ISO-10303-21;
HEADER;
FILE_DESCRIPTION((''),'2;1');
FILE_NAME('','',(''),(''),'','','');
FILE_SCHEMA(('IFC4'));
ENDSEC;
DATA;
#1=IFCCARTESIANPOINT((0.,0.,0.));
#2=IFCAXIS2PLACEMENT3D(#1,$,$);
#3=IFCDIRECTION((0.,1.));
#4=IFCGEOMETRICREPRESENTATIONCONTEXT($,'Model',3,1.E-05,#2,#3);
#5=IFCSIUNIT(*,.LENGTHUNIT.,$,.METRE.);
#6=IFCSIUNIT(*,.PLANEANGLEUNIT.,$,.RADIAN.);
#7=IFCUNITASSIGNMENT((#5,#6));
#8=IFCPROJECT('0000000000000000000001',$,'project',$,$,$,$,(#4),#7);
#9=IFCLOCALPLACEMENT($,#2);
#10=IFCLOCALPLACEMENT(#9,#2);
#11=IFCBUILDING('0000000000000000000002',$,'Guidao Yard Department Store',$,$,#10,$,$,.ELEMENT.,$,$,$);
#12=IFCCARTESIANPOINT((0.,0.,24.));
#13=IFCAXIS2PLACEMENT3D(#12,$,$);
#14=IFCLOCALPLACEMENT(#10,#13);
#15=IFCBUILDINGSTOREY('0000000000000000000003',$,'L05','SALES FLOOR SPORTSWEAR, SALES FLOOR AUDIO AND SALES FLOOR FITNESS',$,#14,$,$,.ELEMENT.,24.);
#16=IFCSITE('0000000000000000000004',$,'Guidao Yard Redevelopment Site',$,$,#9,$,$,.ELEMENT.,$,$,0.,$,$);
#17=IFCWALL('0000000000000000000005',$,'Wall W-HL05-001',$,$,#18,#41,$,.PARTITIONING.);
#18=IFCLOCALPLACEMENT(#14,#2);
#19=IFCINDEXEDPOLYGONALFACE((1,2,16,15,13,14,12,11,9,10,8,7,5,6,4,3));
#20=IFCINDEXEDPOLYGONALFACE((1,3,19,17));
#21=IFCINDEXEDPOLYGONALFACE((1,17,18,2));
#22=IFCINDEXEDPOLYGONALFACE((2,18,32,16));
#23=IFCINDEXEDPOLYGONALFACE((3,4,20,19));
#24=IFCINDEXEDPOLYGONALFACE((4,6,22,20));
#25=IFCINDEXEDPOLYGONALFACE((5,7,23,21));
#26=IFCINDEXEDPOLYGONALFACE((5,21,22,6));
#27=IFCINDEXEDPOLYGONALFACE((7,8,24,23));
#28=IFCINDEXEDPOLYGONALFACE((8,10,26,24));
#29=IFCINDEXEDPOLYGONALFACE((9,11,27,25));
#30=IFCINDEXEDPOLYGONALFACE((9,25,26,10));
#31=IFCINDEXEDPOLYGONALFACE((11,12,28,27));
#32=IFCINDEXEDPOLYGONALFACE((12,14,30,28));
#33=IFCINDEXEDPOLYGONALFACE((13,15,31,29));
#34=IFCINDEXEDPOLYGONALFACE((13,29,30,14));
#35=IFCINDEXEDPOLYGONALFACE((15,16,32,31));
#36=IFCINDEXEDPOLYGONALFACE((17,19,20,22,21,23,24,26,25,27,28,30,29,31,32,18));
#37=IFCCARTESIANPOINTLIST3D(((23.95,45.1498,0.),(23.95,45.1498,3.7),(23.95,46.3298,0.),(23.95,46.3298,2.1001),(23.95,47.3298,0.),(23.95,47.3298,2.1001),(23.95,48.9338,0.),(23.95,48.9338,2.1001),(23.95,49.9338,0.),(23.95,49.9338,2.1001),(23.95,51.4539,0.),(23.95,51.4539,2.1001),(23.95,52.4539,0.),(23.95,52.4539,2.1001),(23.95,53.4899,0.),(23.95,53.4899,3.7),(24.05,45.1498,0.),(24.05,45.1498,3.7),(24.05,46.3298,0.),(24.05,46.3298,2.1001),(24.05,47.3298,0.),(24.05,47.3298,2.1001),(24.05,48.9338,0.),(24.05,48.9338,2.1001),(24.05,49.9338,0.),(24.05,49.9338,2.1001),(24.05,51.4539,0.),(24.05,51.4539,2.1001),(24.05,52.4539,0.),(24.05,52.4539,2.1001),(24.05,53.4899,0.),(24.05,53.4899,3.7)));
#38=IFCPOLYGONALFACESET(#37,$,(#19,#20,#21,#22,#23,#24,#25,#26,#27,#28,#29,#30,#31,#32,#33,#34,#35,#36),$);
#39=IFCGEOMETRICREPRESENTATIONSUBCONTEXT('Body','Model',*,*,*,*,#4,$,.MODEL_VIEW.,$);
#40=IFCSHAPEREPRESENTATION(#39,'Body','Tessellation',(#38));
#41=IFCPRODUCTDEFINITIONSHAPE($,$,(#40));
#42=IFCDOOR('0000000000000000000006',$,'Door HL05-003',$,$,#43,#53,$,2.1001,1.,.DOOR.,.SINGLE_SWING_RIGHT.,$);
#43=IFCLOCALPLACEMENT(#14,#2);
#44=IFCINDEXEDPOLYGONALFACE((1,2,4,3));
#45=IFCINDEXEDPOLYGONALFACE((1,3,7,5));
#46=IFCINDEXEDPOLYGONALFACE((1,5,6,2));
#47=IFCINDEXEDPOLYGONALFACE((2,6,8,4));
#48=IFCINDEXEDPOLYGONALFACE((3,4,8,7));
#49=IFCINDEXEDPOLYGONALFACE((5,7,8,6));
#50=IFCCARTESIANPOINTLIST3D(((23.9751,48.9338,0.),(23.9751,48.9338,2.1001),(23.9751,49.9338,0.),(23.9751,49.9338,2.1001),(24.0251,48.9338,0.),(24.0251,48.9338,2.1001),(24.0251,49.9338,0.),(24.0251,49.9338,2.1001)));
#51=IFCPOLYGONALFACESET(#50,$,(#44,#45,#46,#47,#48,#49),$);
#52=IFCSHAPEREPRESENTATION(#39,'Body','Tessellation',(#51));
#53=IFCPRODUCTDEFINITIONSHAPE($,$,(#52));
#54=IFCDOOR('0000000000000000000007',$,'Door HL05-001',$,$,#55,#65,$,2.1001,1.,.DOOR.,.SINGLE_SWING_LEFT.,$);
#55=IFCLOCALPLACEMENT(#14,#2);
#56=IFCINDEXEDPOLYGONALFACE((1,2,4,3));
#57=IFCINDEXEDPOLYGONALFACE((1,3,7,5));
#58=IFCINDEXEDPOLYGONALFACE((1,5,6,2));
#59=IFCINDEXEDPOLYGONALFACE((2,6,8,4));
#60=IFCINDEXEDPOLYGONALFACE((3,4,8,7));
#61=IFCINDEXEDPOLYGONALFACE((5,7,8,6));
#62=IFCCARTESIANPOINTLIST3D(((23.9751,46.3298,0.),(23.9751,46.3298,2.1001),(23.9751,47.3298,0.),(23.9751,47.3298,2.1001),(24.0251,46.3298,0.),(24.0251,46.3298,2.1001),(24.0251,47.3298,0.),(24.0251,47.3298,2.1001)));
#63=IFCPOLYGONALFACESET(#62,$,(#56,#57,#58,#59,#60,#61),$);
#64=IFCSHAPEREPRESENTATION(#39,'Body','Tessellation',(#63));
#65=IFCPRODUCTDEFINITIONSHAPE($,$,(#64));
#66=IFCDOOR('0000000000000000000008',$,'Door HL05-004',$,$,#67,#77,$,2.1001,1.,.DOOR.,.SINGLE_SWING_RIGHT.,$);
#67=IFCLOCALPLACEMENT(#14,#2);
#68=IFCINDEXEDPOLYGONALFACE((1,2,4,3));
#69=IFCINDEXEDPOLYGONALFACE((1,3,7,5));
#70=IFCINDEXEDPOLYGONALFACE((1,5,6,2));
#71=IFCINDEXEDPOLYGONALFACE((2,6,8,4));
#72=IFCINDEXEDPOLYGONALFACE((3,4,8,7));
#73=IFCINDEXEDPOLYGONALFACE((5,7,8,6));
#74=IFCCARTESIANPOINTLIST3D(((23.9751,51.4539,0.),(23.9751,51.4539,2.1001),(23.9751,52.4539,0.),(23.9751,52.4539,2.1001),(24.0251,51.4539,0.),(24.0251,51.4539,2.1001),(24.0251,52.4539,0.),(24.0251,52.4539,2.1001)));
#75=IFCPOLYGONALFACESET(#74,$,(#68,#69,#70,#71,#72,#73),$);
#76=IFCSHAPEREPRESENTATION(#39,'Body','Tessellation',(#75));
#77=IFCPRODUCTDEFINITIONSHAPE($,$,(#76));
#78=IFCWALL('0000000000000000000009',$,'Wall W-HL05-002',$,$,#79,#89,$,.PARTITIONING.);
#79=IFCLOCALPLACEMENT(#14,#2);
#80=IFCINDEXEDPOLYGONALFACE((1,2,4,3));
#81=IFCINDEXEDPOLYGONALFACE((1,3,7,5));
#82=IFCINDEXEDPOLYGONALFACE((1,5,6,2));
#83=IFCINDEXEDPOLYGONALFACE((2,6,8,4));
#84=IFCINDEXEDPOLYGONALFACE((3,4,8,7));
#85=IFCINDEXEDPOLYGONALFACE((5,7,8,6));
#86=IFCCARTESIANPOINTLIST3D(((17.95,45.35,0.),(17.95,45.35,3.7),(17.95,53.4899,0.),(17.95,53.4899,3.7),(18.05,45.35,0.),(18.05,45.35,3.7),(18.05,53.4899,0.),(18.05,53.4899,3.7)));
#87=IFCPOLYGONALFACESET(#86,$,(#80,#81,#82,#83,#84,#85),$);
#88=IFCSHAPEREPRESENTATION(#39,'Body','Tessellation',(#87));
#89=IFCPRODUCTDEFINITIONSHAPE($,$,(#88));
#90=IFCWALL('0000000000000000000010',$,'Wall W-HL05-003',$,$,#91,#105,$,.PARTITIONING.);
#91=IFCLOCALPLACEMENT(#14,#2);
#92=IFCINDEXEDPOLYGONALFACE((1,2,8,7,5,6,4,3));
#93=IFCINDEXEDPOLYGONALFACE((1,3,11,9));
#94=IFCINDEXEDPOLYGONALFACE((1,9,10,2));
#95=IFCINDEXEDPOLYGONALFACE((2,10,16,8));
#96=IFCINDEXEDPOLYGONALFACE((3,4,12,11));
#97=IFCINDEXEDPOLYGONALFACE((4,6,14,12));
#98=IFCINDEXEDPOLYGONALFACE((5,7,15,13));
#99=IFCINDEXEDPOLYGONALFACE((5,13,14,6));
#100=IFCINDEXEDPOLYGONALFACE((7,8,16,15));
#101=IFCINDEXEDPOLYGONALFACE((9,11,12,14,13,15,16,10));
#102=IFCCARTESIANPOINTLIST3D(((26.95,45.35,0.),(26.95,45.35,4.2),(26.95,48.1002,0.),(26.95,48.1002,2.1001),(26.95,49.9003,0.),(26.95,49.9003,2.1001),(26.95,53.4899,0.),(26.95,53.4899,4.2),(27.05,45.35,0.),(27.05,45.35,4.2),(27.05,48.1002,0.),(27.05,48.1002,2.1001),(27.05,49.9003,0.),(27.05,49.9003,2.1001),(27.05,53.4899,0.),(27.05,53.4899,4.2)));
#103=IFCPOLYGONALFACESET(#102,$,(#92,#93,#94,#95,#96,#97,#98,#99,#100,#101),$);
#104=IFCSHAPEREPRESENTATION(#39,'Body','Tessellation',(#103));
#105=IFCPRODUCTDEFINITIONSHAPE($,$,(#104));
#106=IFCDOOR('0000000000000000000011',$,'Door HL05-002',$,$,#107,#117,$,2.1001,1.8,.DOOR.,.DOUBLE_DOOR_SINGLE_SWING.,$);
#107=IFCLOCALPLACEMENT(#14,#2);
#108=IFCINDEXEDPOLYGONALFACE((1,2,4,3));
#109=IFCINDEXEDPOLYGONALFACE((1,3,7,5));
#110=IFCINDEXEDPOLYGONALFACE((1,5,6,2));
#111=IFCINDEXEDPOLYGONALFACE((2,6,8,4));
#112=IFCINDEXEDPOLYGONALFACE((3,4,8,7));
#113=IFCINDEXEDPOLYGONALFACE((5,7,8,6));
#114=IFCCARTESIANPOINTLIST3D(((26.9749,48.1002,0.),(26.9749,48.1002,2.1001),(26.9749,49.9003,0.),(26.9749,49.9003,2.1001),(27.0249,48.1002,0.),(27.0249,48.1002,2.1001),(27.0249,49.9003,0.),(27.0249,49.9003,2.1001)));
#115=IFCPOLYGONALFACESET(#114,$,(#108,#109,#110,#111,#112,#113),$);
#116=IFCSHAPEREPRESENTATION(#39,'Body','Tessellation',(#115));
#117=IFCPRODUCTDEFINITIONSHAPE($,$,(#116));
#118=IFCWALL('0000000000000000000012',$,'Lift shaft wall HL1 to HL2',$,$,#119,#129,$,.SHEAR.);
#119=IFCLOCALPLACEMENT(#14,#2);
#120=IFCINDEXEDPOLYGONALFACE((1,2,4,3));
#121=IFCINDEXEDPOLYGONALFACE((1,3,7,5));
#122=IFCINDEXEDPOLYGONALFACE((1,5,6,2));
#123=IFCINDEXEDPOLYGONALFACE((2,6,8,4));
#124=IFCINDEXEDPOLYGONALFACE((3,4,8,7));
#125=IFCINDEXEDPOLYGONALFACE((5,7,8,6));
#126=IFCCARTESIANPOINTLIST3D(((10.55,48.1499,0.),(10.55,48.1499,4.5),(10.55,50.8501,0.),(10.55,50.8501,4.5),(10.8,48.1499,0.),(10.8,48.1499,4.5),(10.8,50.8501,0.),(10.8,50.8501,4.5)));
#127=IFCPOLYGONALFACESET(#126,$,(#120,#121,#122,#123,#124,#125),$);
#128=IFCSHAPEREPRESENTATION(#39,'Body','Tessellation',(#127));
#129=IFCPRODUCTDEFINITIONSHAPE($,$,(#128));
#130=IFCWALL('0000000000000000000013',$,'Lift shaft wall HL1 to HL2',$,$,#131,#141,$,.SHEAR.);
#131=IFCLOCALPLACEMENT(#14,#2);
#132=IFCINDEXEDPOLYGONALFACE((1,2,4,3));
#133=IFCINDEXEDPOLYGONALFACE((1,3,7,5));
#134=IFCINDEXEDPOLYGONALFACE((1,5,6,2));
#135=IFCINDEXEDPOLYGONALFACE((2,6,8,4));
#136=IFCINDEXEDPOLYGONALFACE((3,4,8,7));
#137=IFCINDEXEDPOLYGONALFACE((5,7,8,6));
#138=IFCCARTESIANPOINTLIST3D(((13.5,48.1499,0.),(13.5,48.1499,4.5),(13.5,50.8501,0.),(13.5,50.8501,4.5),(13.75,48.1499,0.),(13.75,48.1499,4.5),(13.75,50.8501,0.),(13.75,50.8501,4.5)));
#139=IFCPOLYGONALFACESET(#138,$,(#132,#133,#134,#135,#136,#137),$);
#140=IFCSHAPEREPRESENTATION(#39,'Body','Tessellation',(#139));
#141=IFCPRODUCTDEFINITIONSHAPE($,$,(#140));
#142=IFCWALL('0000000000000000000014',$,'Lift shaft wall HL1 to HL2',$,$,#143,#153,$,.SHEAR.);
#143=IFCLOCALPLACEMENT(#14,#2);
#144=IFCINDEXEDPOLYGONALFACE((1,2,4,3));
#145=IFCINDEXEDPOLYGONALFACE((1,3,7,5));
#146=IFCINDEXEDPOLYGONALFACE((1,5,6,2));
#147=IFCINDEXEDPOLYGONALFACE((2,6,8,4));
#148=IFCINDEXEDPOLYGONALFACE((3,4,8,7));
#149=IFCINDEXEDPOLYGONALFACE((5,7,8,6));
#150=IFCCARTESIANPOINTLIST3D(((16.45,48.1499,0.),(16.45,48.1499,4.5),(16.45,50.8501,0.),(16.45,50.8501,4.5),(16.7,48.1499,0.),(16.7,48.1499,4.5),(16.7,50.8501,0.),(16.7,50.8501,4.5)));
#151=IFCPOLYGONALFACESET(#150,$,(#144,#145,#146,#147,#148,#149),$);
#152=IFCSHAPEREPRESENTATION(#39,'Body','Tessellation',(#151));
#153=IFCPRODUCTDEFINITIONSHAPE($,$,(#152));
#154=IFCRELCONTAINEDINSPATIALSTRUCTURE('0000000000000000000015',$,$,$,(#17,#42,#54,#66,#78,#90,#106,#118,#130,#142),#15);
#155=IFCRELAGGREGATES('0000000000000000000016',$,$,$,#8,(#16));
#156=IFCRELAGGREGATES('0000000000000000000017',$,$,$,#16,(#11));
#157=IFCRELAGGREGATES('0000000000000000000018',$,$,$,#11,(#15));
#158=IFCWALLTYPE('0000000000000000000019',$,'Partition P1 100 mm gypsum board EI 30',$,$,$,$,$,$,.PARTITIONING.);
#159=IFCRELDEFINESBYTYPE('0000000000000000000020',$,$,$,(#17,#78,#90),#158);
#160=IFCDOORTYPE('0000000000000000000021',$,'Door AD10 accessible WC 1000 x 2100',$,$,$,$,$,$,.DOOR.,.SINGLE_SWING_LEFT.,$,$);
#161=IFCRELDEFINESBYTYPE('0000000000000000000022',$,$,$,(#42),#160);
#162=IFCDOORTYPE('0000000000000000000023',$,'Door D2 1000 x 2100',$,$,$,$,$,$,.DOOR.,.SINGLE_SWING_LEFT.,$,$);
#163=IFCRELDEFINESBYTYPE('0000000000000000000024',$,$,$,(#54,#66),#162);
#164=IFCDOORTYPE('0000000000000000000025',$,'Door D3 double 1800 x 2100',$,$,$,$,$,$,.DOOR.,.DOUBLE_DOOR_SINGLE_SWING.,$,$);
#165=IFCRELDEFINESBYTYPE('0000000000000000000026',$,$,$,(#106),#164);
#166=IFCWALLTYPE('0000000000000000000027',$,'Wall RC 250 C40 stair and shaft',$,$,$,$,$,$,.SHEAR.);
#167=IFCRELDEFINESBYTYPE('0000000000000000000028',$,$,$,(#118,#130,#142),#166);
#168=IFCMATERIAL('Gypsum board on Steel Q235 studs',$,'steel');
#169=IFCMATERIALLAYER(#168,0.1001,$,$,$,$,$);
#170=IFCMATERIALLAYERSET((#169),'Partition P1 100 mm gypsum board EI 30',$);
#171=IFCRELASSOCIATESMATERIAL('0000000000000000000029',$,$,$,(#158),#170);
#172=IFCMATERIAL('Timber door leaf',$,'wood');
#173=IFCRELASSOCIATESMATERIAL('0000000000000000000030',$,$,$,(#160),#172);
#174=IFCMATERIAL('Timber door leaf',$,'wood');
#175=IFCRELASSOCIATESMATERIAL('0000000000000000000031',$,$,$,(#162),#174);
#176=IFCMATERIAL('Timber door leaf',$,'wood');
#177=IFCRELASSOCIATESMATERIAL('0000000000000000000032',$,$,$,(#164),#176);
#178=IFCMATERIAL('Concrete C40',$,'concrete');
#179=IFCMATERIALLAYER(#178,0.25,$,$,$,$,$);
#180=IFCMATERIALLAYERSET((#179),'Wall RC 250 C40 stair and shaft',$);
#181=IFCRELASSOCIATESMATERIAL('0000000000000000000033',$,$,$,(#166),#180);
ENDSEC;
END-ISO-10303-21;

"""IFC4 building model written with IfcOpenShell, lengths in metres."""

from ifc_helpers import new_model, si_unit, direction, frame, frame_2d, origin, place, context, subcontext, project, spatial, rectangle, extrude, material, layer, layer_set, type_object, element, fill, save


model = new_model("IFC4")

# Units and contexts
model_context = context("Model", 3, precision=1e-05, world=origin(), true_north=direction((0.0, 1.0)))
body_context = subcontext(model_context, "Body", "Model", "MODEL_VIEW")
ifc_project = project(units=[si_unit("LENGTHUNIT", "METRE"), si_unit("PLANEANGLEUNIT", "RADIAN")], contexts=[model_context])

# Site, building, storey
site_placement = place(None, origin())
site = spatial("IfcSite", under=ifc_project, at=site_placement, Name="Guidao Yard Redevelopment Site", CompositionType="ELEMENT", RefElevation=0.0)
building_placement = place(site_placement, origin())
building = spatial("IfcBuilding", under=site, at=building_placement, Name="Guidao Yard Department Store", CompositionType="ELEMENT")
storey_placement = place(building_placement, frame((0.0, 0.0, 24.0)))
storey = spatial("IfcBuildingStorey", under=building, at=storey_placement, Name="L05", Description="SALES FLOOR SPORTSWEAR, SALES FLOOR AUDIO AND SALES FLOOR FITNESS", CompositionType="ELEMENT", Elevation=24.0)

# Wall, openings, doors
ifc_material_1 = material(Name="Gypsum board on Steel Q235 studs", Category="steel")
ifc_layer_1 = layer(ifc_material_1, 0.1001)
ifc_layer_set_1 = layer_set([ifc_layer_1], Name="Partition P1 100 mm gypsum board EI 30")
wall_type_1 = type_object("IfcWallType", Name="Partition P1 100 mm gypsum board EI 30", PredefinedType="PARTITIONING", material=ifc_layer_set_1)
wall_1_placement = place(storey_placement, frame((24.0, 45.1499, 0.0), z_axis=(0.0, 0.0, 1.0), x_axis=(0.0, 1.0, 0.0)))
wall_1 = element("IfcWall", 1, at=wall_1_placement, inside=storey, type_object=wall_type_1, Name="Wall W-HL05-001", PredefinedType="PARTITIONING", context=body_context, shape_type="SweptSolid", body=[
    extrude(rectangle(XDim=8.3401, YDim=0.1001, at=frame_2d((4.1699, 0.0))), origin(), (0.0, 0.0, 1.0), 3.7),
])
opening_1_placement = place(wall_1_placement, frame((1.1799, 0.0, 0.0)))
opening_1 = element("IfcOpeningElement", 2, at=opening_1_placement, cuts=wall_1, PredefinedType="OPENING", context=body_context, shape_type="SweptSolid", body=[
    extrude(rectangle(XDim=1.0, YDim=2.1001, at=frame_2d((0.5, 1.05))), frame((0.0, 0.0601, 0.0), z_axis=(0.0, -1.0, 0.0), x_axis=(1.0, 0.0, 0.0)), (0.0, 0.0, 1.0), 0.1201),
])
opening_2_placement = place(wall_1_placement, frame((3.7839, 0.0, 0.0)))
opening_2 = element("IfcOpeningElement", 3, at=opening_2_placement, cuts=wall_1, PredefinedType="OPENING", context=body_context, shape_type="SweptSolid", body=[
    extrude(rectangle(XDim=1.0, YDim=2.1001, at=frame_2d((0.5, 1.05))), frame((0.0, 0.0601, 0.0), z_axis=(0.0, -1.0, 0.0), x_axis=(1.0, 0.0, 0.0)), (0.0, 0.0, 1.0), 0.1201),
])
opening_3_placement = place(wall_1_placement, frame((6.304, 0.0, 0.0)))
opening_3 = element("IfcOpeningElement", 4, at=opening_3_placement, cuts=wall_1, PredefinedType="OPENING", context=body_context, shape_type="SweptSolid", body=[
    extrude(rectangle(XDim=1.0, YDim=2.1001, at=frame_2d((0.5, 1.05))), frame((0.0, 0.0601, 0.0), z_axis=(0.0, -1.0, 0.0), x_axis=(1.0, 0.0, 0.0)), (0.0, 0.0, 1.0), 0.1201),
])
ifc_material_2 = material(Name="Timber door leaf", Category="wood")
door_type_1 = type_object("IfcDoorType", Name="Door AD10 accessible WC 1000 x 2100", OperationType="SINGLE_SWING_LEFT", PredefinedType="DOOR", material=ifc_material_2)
door_1_placement = place(opening_2_placement, origin())
door_1 = element("IfcDoor", 5, at=door_1_placement, inside=storey, type_object=door_type_1, Name="Door HL05-003", OperationType="SINGLE_SWING_RIGHT", OverallHeight=2.1001, OverallWidth=1.0, PredefinedType="DOOR", context=body_context, shape_type="SweptSolid", body=[
    extrude(rectangle(XDim=1.0, YDim=2.1001, at=frame_2d((0.5, 1.05))), frame((0.0, 0.0249, 0.0), z_axis=(0.0, -1.0, 0.0), x_axis=(1.0, 0.0, 0.0)), (0.0, 0.0, 1.0), 0.05),
])
fill(opening_2, door_1)
ifc_material_3 = material(Name="Timber door leaf", Category="wood")
door_type_2 = type_object("IfcDoorType", Name="Door D2 1000 x 2100", OperationType="SINGLE_SWING_LEFT", PredefinedType="DOOR", material=ifc_material_3)
door_2_placement = place(opening_1_placement, origin())
door_2 = element("IfcDoor", 6, at=door_2_placement, inside=storey, type_object=door_type_2, Name="Door HL05-001", OperationType="SINGLE_SWING_LEFT", OverallHeight=2.1001, OverallWidth=1.0, PredefinedType="DOOR", context=body_context, shape_type="SweptSolid", body=[
    extrude(rectangle(XDim=1.0, YDim=2.1001, at=frame_2d((0.5, 1.05))), frame((0.0, 0.0249, 0.0), z_axis=(0.0, -1.0, 0.0), x_axis=(1.0, 0.0, 0.0)), (0.0, 0.0, 1.0), 0.05),
])
fill(opening_1, door_2)
door_3_placement = place(opening_3_placement, origin())
door_3 = element("IfcDoor", 7, at=door_3_placement, inside=storey, type_object=door_type_2, Name="Door HL05-004", OperationType="SINGLE_SWING_RIGHT", OverallHeight=2.1001, OverallWidth=1.0, PredefinedType="DOOR", context=body_context, shape_type="SweptSolid", body=[
    extrude(rectangle(XDim=1.0, YDim=2.1001, at=frame_2d((0.5, 1.05))), frame((0.0, 0.0249, 0.0), z_axis=(0.0, -1.0, 0.0), x_axis=(1.0, 0.0, 0.0)), (0.0, 0.0, 1.0), 0.05),
])
fill(opening_3, door_3)

# Wall
wall_2_placement = place(storey_placement, frame((18.0, 45.3501, 0.0), z_axis=(0.0, 0.0, 1.0), x_axis=(0.0, 1.0, 0.0)))
element("IfcWall", 8, at=wall_2_placement, inside=storey, type_object=wall_type_1, Name="Wall W-HL05-002", PredefinedType="PARTITIONING", context=body_context, shape_type="SweptSolid", body=[
    extrude(rectangle(XDim=8.1399, YDim=0.1001, at=frame_2d((4.0698, 0.0))), origin(), (0.0, 0.0, 1.0), 3.7),
])

# Wall, opening, door
wall_3_placement = place(storey_placement, frame((27.0, 45.3501, 0.0), z_axis=(0.0, 0.0, 1.0), x_axis=(0.0, 1.0, 0.0)))
wall_3 = element("IfcWall", 9, at=wall_3_placement, inside=storey, type_object=wall_type_1, Name="Wall W-HL05-003", PredefinedType="PARTITIONING", context=body_context, shape_type="SweptSolid", body=[
    extrude(rectangle(XDim=8.1399, YDim=0.1001, at=frame_2d((4.0698, 0.0))), origin(), (0.0, 0.0, 1.0), 4.2),
])
opening_4_placement = place(wall_3_placement, frame((4.55, 0.0, 0.0), z_axis=(0.0, 0.0, 1.0), x_axis=(-1.0, 0.0, 0.0)))
opening_4 = element("IfcOpeningElement", 10, at=opening_4_placement, cuts=wall_3, PredefinedType="OPENING", context=body_context, shape_type="SweptSolid", body=[
    extrude(rectangle(XDim=1.8, YDim=2.1001, at=frame_2d((0.8999, 1.05))), frame((0.0, 0.0601, 0.0), z_axis=(0.0, -1.0, 0.0), x_axis=(1.0, 0.0, 0.0)), (0.0, 0.0, 1.0), 0.1201),
])
ifc_material_4 = material(Name="Timber door leaf", Category="wood")
door_type_3 = type_object("IfcDoorType", Name="Door D3 double 1800 x 2100", OperationType="DOUBLE_DOOR_SINGLE_SWING", PredefinedType="DOOR", material=ifc_material_4)
door_4_placement = place(opening_4_placement, origin())
door_4 = element("IfcDoor", 11, at=door_4_placement, inside=storey, type_object=door_type_3, Name="Door HL05-002", OperationType="DOUBLE_DOOR_SINGLE_SWING", OverallHeight=2.1001, OverallWidth=1.8, PredefinedType="DOOR", context=body_context, shape_type="SweptSolid", body=[
    extrude(rectangle(XDim=1.8, YDim=2.1001, at=frame_2d((0.8999, 1.05))), frame((0.0, 0.0249, 0.0), z_axis=(0.0, -1.0, 0.0), x_axis=(1.0, 0.0, 0.0)), (0.0, 0.0, 1.0), 0.05),
])
fill(opening_4, door_4)

# Walls
ifc_material_5 = material(Name="Concrete C40", Category="concrete")
ifc_layer_2 = layer(ifc_material_5, 0.25)
ifc_layer_set_2 = layer_set([ifc_layer_2], Name="Wall RC 250 C40 stair and shaft")
wall_type_2 = type_object("IfcWallType", Name="Wall RC 250 C40 stair and shaft", PredefinedType="SHEAR", material=ifc_layer_set_2)
for number, where, z_axis, x_axis, name in (
    (12, (10.675, 48.1499, 0.0), (0.0, 0.0, 1.0), (0.0, 1.0, 0.0), "Lift shaft wall HL1 to HL2"),
    (13, (13.625, 48.1499, 0.0), (0.0, 0.0, 1.0), (0.0, 1.0, 0.0), "Lift shaft wall HL1 to HL2"),
    (14, (16.575, 48.1499, 0.0), (0.0, 0.0, 1.0), (0.0, 1.0, 0.0), "Lift shaft wall HL1 to HL2"),
):
    element("IfcWall", number, at=place(storey_placement, frame(where, z_axis=z_axis, x_axis=x_axis)), inside=storey, type_object=wall_type_2, Name=name, PredefinedType="SHEAR", context=body_context, shape_type="SweptSolid", body=[
        extrude(rectangle(XDim=2.7002, YDim=0.25, at=frame_2d((1.3501, 0.0))), origin(), (0.0, 0.0, 1.0), 4.5),
    ])

save(model, "model.ifc")
